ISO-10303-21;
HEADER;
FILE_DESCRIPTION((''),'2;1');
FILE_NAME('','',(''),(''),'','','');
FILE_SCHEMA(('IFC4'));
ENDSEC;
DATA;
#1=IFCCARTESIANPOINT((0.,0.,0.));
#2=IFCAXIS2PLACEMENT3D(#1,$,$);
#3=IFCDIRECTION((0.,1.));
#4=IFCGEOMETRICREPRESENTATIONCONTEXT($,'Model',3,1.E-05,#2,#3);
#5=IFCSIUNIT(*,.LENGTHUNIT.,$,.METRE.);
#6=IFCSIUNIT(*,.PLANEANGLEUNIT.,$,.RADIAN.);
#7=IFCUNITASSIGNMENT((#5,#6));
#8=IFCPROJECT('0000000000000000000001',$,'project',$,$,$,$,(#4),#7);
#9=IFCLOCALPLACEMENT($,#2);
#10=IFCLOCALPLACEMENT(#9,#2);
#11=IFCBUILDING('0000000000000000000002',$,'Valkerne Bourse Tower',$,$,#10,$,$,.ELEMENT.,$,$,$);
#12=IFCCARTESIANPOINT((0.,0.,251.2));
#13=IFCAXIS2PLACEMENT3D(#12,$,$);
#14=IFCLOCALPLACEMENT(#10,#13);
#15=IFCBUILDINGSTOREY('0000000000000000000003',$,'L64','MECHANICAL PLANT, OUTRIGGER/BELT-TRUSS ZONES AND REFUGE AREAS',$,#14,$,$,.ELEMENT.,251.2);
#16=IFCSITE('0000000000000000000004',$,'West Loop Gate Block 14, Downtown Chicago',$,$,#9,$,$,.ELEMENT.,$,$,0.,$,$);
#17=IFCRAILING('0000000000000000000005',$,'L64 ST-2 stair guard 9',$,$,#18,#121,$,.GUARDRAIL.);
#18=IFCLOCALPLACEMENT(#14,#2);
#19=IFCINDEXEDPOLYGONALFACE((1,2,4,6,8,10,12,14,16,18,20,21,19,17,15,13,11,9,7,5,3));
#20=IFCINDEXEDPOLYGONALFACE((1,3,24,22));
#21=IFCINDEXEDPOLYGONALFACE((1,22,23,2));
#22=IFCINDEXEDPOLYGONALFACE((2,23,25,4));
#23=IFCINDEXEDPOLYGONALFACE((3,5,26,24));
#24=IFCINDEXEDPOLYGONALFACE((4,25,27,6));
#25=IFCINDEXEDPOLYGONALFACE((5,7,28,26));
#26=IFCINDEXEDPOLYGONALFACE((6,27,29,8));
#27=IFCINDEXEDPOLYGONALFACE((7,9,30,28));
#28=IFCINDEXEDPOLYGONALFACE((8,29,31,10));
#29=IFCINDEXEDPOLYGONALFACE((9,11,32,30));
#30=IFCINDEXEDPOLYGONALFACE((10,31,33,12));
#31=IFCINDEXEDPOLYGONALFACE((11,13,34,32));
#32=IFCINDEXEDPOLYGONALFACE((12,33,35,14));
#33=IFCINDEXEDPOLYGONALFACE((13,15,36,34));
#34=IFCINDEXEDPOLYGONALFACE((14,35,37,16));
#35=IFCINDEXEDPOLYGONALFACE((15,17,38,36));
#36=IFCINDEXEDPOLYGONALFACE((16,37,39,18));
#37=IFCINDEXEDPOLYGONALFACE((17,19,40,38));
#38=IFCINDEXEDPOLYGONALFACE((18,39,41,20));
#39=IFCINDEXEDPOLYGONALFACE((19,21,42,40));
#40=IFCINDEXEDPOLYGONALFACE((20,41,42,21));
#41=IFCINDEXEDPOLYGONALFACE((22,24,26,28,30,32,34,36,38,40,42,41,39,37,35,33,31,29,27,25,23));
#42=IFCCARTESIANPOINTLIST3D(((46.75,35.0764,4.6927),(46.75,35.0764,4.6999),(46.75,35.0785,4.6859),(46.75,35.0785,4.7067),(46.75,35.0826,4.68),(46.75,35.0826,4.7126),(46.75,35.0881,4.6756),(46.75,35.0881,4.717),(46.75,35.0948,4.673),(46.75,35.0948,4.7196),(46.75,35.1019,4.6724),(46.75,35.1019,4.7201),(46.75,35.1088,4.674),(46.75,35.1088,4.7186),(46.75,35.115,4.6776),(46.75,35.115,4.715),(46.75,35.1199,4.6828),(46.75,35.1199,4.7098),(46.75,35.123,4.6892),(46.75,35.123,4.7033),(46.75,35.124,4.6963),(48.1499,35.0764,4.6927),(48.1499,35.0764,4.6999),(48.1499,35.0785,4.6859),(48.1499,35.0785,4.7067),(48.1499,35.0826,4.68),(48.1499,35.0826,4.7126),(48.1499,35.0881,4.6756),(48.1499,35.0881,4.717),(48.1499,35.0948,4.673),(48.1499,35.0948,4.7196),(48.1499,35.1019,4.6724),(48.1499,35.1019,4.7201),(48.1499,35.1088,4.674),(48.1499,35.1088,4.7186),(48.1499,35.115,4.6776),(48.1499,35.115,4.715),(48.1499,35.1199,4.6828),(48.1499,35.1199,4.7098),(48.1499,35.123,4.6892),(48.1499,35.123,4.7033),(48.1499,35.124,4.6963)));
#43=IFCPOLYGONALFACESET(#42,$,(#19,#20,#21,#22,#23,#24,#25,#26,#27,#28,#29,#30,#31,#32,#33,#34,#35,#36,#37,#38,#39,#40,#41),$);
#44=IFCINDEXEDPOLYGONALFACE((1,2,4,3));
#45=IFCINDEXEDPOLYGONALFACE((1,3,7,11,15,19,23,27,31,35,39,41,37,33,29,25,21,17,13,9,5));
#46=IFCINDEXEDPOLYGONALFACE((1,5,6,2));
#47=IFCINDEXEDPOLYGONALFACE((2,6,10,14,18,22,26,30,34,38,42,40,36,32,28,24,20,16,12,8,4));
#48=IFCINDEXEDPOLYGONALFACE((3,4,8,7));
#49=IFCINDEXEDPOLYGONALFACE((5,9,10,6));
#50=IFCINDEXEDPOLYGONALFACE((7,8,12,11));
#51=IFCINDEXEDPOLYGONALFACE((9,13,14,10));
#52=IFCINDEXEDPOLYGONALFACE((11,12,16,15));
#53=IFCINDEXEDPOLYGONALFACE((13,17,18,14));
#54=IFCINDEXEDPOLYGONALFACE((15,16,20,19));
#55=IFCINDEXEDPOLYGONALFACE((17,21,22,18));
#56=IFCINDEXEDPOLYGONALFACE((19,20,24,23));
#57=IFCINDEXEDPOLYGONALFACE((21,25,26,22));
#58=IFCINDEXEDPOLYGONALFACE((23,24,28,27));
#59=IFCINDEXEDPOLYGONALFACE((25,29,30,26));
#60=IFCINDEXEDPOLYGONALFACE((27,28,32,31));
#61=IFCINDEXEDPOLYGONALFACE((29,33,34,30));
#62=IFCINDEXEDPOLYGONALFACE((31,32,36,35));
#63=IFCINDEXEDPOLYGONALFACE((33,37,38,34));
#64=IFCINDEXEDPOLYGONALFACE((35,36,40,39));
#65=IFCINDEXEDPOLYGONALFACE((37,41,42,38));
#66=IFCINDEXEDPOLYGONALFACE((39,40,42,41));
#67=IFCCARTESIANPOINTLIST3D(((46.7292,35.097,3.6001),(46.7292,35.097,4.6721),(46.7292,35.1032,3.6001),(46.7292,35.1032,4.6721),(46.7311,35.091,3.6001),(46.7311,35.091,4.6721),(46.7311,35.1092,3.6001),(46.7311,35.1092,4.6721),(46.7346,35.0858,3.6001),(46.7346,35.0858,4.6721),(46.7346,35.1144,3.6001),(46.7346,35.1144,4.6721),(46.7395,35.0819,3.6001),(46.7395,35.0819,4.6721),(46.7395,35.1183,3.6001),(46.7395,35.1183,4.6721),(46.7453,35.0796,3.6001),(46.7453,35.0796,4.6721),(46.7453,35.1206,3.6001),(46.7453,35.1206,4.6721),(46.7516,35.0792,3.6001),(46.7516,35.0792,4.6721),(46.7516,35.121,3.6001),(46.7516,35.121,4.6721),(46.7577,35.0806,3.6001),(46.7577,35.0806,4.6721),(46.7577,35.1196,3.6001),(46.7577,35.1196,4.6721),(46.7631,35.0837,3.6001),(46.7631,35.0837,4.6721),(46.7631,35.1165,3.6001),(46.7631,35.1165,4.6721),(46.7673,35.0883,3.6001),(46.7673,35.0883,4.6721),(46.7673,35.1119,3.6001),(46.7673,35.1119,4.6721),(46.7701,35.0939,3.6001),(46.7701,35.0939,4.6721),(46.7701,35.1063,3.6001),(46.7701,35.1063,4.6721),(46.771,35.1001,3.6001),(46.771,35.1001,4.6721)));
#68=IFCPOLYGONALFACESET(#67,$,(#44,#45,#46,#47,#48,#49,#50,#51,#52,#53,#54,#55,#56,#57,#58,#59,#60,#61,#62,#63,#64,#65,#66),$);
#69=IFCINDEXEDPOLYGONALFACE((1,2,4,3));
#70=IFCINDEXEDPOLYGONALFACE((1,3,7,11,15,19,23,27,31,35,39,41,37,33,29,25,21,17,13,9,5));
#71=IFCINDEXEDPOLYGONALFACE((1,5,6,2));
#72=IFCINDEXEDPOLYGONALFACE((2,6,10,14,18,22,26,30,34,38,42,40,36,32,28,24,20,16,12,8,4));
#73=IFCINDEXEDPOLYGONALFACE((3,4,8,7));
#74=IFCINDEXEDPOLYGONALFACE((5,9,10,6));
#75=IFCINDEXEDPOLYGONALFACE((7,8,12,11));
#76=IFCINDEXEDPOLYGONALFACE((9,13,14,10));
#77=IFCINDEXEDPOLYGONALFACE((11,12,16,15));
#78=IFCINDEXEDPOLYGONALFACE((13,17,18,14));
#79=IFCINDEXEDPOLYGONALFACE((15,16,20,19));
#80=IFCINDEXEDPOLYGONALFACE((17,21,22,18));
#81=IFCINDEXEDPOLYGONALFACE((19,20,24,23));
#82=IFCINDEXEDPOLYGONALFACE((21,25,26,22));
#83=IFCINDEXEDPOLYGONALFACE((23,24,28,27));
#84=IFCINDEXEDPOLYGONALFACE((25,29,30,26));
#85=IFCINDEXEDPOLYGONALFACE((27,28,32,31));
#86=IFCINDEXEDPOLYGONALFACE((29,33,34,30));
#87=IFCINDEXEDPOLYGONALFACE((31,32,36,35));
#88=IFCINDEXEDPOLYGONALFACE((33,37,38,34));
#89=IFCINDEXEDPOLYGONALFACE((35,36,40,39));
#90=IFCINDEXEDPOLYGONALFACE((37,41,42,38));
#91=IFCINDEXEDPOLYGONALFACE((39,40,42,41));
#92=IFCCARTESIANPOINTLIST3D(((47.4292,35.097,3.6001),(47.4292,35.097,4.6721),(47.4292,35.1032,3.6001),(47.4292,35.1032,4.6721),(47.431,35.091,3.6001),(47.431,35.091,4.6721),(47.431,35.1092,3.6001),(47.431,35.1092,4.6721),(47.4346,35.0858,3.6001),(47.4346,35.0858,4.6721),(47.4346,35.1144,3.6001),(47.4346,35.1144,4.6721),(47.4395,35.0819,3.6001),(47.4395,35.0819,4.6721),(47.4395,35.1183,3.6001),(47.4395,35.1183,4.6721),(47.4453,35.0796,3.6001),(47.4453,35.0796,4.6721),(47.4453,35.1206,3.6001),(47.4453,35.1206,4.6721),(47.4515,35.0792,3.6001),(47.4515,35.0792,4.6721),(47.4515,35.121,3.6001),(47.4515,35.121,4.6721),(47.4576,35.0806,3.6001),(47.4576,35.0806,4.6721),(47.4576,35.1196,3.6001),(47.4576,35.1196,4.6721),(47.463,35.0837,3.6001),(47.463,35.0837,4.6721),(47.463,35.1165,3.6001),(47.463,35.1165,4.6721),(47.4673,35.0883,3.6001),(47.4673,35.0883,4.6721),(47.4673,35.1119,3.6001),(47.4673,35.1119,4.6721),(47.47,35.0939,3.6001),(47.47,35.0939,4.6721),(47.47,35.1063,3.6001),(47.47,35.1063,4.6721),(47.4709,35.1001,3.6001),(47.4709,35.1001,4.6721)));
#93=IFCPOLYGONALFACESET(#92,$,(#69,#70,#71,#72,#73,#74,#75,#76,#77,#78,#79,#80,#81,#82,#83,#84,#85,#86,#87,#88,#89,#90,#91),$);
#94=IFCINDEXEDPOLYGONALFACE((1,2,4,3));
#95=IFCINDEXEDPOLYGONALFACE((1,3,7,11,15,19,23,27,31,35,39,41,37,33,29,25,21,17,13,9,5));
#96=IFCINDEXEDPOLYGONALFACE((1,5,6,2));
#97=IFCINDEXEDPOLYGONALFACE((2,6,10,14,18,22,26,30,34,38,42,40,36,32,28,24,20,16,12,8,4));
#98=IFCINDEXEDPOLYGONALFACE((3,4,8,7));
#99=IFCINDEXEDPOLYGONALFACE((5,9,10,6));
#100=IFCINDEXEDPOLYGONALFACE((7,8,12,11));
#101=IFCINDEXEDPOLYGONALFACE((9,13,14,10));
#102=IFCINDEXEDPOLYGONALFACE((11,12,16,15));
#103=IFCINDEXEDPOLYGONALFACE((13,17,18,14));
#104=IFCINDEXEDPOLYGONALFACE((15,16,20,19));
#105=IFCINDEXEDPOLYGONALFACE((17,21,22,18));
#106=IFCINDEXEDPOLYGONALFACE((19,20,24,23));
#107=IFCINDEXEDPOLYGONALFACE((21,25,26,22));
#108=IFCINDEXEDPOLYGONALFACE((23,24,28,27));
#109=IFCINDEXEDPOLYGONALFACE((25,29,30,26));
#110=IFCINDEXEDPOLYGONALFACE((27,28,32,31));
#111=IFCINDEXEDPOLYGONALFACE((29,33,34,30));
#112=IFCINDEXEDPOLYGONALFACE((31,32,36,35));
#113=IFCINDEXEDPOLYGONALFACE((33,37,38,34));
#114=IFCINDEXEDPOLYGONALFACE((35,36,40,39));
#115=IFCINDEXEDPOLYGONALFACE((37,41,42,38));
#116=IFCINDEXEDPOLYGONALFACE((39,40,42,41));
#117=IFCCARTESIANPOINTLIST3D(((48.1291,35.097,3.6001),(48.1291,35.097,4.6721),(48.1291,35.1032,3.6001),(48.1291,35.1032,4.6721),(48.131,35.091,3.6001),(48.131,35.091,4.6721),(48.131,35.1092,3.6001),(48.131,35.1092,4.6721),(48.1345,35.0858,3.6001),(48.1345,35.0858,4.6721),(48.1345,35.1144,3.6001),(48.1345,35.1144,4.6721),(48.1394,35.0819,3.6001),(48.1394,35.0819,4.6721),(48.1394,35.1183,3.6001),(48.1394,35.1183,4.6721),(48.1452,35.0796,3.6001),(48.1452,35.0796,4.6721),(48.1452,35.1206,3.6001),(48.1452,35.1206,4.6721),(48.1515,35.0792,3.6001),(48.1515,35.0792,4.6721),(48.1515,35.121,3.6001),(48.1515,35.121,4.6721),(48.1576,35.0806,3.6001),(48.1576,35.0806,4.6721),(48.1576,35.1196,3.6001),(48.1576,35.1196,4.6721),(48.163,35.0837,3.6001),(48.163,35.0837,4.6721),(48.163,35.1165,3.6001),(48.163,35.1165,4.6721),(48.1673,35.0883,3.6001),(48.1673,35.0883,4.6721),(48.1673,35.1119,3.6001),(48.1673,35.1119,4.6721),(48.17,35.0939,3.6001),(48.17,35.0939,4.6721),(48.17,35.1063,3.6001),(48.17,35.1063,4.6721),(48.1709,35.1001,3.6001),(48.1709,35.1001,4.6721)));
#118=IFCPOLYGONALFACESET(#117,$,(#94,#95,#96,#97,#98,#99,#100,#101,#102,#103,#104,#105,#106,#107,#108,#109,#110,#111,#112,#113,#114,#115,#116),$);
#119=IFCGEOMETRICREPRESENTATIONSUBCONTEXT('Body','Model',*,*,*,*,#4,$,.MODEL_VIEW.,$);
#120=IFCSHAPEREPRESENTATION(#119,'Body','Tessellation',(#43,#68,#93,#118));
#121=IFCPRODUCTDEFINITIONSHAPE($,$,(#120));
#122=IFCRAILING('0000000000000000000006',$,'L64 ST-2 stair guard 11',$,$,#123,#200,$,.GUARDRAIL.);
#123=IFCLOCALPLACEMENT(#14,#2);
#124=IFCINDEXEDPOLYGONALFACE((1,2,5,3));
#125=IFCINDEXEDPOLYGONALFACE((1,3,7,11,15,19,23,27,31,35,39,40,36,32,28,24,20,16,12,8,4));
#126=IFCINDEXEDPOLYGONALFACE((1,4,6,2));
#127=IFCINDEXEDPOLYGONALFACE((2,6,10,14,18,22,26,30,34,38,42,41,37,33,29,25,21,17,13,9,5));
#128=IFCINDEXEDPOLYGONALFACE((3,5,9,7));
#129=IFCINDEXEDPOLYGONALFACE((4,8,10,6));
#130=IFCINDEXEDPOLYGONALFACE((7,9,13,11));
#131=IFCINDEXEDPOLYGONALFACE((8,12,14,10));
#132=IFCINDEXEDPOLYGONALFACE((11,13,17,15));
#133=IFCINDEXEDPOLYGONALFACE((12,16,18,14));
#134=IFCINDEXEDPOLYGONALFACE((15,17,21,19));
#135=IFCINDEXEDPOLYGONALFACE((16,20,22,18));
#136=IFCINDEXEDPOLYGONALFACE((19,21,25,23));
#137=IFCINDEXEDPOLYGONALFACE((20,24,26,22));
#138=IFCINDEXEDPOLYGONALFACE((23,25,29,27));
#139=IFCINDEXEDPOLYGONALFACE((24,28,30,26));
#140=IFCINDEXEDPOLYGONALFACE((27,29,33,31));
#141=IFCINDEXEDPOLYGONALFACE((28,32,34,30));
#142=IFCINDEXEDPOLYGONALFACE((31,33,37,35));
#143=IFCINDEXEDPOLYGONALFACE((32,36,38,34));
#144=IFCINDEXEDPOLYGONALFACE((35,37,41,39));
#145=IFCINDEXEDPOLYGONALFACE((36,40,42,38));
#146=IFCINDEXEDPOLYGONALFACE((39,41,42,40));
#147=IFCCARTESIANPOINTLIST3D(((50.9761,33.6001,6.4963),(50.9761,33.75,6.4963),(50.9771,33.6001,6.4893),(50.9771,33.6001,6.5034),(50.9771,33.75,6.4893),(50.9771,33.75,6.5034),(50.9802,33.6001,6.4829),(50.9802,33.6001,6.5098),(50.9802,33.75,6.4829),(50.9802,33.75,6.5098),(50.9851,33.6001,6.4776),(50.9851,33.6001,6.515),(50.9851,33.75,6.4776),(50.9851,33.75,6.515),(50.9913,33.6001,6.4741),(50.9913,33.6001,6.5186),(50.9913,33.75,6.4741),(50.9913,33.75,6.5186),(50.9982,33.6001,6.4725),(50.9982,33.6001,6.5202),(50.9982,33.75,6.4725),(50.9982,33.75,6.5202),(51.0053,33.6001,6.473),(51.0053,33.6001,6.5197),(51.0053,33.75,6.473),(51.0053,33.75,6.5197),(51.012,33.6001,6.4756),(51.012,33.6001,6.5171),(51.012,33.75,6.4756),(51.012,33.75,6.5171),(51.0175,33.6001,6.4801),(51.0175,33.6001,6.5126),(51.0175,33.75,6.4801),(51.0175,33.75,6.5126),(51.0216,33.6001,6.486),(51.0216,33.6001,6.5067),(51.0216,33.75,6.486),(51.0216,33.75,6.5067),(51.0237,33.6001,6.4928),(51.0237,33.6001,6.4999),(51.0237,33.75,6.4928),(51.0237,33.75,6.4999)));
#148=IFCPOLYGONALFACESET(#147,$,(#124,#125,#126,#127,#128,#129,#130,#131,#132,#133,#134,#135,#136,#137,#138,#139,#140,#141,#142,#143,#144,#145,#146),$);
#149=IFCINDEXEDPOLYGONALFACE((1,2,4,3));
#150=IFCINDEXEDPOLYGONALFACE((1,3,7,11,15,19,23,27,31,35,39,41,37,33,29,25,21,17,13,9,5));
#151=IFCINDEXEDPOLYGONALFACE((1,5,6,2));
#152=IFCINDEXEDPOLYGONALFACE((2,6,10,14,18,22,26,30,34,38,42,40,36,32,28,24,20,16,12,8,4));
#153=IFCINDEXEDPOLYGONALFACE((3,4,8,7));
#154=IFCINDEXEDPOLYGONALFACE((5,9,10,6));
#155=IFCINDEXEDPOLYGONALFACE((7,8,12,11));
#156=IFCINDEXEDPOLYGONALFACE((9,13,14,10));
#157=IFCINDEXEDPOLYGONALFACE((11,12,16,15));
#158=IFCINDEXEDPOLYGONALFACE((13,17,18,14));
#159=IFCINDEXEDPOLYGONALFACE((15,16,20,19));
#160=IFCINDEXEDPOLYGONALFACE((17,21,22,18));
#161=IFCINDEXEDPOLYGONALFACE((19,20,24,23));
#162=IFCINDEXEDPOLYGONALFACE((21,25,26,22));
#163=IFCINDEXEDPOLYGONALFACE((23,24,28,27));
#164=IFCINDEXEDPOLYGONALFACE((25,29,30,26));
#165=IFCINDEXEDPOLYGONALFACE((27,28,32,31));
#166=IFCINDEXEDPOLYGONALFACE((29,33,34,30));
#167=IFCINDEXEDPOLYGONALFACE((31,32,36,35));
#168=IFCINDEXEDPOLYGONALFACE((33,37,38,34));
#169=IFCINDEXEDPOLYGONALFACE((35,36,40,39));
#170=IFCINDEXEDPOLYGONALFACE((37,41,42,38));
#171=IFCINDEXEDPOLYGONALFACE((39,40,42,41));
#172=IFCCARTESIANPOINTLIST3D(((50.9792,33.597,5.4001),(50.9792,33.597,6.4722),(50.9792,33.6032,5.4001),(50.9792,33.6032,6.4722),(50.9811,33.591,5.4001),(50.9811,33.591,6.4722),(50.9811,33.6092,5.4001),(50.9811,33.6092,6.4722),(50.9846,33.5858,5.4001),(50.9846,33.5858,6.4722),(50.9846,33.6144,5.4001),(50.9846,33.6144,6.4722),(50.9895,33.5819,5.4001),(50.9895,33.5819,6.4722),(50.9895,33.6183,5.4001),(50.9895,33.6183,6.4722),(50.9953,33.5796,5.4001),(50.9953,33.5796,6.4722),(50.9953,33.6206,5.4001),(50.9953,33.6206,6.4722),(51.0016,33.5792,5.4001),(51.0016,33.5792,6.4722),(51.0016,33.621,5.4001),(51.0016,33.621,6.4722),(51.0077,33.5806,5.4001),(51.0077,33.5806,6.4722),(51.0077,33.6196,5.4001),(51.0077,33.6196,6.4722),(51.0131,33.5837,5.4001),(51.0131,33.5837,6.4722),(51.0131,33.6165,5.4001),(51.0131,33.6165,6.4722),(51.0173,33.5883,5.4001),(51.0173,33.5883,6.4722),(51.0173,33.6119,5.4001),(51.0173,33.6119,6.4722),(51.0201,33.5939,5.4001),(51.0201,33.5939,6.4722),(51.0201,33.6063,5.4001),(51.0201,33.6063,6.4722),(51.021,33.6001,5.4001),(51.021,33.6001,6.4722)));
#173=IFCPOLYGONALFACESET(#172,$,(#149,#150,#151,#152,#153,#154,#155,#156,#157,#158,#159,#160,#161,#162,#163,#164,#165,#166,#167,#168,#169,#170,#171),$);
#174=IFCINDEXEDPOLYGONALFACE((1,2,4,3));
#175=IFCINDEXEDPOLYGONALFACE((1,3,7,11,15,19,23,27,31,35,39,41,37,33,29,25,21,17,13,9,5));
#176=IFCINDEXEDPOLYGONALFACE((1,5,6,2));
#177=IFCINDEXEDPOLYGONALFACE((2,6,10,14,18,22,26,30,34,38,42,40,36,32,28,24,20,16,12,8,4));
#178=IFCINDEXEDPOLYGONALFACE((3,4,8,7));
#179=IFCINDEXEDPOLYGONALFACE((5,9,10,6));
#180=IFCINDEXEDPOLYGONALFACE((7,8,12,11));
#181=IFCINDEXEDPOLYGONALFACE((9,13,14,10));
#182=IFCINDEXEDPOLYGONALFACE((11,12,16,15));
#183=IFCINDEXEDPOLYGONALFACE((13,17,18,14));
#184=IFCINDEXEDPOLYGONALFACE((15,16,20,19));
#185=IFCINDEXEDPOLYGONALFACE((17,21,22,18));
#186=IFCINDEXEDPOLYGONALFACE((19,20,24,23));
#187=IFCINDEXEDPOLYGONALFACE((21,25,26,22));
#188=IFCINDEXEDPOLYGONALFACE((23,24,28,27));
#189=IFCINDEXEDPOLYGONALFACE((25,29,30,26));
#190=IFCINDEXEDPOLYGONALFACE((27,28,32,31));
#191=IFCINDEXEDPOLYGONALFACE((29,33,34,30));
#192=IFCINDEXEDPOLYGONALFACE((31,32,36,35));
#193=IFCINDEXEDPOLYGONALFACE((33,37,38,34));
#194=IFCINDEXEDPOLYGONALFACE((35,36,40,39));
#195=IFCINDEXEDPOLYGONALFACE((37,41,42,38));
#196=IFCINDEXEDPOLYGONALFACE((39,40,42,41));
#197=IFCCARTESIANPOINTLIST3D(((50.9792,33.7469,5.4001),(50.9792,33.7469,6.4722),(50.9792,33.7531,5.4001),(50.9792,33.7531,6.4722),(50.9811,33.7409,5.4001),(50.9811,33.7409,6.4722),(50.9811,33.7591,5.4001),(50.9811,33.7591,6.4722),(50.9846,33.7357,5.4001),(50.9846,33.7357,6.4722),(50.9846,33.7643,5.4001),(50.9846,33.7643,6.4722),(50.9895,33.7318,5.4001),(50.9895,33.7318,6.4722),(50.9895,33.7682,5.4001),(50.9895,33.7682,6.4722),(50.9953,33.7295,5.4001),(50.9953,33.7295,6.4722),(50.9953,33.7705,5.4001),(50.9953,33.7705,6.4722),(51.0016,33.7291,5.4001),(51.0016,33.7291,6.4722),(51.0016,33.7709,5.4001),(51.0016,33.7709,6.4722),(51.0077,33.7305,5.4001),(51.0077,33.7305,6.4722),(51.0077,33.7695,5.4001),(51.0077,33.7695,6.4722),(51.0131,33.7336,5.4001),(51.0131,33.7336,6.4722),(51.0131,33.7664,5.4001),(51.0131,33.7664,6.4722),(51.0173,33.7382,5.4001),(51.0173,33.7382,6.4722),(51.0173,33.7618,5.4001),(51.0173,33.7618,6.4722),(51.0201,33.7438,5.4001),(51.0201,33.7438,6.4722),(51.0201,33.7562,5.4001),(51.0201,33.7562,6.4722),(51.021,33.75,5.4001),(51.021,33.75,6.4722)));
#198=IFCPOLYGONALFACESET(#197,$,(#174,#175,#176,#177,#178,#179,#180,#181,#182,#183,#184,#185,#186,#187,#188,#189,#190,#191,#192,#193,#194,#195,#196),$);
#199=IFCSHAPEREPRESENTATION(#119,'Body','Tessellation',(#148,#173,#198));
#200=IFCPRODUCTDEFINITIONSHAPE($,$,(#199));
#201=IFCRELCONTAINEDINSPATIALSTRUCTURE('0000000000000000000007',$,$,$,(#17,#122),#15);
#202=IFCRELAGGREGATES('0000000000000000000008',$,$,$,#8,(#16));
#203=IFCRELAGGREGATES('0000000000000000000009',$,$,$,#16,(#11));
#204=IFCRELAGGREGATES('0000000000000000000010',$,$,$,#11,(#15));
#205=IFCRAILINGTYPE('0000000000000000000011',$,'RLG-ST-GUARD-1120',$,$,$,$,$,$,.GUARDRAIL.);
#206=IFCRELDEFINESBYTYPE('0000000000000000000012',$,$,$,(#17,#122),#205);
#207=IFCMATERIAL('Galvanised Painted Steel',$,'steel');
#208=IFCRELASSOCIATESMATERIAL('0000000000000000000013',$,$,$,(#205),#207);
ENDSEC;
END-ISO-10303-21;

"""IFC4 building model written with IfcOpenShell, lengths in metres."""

from ifc_helpers import new_model, si_unit, direction, frame, origin, origin_2d, place, context, subcontext, project, spatial, circle, extrude, material, type_object, element, save


model = new_model("IFC4")

# Units and contexts
model_context = context("Model", 3, precision=1e-05, world=origin(), true_north=direction((0.0, 1.0)))
body_context = subcontext(model_context, "Body", "Model", "MODEL_VIEW")
ifc_project = project(units=[si_unit("LENGTHUNIT", "METRE"), si_unit("PLANEANGLEUNIT", "RADIAN")], contexts=[model_context])

# Site, building, storey
site_placement = place(None, origin())
site = spatial("IfcSite", under=ifc_project, at=site_placement, Name="West Loop Gate Block 14, Downtown Chicago", CompositionType="ELEMENT", RefElevation=0.0)
building_placement = place(site_placement, origin())
building = spatial("IfcBuilding", under=site, at=building_placement, Name="Valkerne Bourse Tower", CompositionType="ELEMENT")
storey_placement = place(building_placement, frame((0.0, 0.0, 251.2)))
storey = spatial("IfcBuildingStorey", under=building, at=storey_placement, Name="L64", Description="MECHANICAL PLANT, OUTRIGGER/BELT-TRUSS ZONES AND REFUGE AREAS", CompositionType="ELEMENT", Elevation=251.2)

# Railings
ifc_material_1 = material(Name="Galvanised Painted Steel", Category="steel")
railing_type_1 = type_object("IfcRailingType", Name="RLG-ST-GUARD-1120", PredefinedType="GUARDRAIL", material=ifc_material_1)
railing_1_placement = place(storey_placement, frame((46.75, 35.1001, 3.6001)))
element("IfcRailing", 1, at=railing_1_placement, inside=storey, type_object=railing_type_1, Name="L64 ST-2 stair guard 9", PredefinedType="GUARDRAIL", context=body_context, shape_type="SweptSolid", body=[
    extrude(circle(Radius=0.0239, at=origin_2d()), frame((0.0, 0.0, 1.0962), z_axis=(1.0, 0.0, 0.0), x_axis=(0.0, 1.0, 0.0)), (0.0, 0.0, 1.0), 1.3999),
    extrude(circle(Radius=0.021, at=origin_2d()), origin(), (0.0, 0.0, 1.0), 1.072),
    extrude(circle(Radius=0.021, at=origin_2d()), frame((0.7, 0.0, 0.0)), (0.0, 0.0, 1.0), 1.072),
    extrude(circle(Radius=0.021, at=origin_2d()), frame((1.3999, 0.0, 0.0)), (0.0, 0.0, 1.0), 1.072),
])
railing_2_placement = place(storey_placement, frame((51.0, 33.6001, 5.4001)))
element("IfcRailing", 2, at=railing_2_placement, inside=storey, type_object=railing_type_1, Name="L64 ST-2 stair guard 11", PredefinedType="GUARDRAIL", context=body_context, shape_type="SweptSolid", body=[
    extrude(circle(Radius=0.0239, at=origin_2d()), frame((0.0, 0.0, 1.0962), z_axis=(0.0, 1.0, 0.0), x_axis=(-1.0, 0.0, 0.0)), (0.0, 0.0, 1.0), 0.1499),
    extrude(circle(Radius=0.021, at=origin_2d()), origin(), (0.0, 0.0, 1.0), 1.072),
    extrude(circle(Radius=0.021, at=origin_2d()), frame((0.0, 0.1499, 0.0)), (0.0, 0.0, 1.0), 1.072),
])

save(model, "model.ifc")
